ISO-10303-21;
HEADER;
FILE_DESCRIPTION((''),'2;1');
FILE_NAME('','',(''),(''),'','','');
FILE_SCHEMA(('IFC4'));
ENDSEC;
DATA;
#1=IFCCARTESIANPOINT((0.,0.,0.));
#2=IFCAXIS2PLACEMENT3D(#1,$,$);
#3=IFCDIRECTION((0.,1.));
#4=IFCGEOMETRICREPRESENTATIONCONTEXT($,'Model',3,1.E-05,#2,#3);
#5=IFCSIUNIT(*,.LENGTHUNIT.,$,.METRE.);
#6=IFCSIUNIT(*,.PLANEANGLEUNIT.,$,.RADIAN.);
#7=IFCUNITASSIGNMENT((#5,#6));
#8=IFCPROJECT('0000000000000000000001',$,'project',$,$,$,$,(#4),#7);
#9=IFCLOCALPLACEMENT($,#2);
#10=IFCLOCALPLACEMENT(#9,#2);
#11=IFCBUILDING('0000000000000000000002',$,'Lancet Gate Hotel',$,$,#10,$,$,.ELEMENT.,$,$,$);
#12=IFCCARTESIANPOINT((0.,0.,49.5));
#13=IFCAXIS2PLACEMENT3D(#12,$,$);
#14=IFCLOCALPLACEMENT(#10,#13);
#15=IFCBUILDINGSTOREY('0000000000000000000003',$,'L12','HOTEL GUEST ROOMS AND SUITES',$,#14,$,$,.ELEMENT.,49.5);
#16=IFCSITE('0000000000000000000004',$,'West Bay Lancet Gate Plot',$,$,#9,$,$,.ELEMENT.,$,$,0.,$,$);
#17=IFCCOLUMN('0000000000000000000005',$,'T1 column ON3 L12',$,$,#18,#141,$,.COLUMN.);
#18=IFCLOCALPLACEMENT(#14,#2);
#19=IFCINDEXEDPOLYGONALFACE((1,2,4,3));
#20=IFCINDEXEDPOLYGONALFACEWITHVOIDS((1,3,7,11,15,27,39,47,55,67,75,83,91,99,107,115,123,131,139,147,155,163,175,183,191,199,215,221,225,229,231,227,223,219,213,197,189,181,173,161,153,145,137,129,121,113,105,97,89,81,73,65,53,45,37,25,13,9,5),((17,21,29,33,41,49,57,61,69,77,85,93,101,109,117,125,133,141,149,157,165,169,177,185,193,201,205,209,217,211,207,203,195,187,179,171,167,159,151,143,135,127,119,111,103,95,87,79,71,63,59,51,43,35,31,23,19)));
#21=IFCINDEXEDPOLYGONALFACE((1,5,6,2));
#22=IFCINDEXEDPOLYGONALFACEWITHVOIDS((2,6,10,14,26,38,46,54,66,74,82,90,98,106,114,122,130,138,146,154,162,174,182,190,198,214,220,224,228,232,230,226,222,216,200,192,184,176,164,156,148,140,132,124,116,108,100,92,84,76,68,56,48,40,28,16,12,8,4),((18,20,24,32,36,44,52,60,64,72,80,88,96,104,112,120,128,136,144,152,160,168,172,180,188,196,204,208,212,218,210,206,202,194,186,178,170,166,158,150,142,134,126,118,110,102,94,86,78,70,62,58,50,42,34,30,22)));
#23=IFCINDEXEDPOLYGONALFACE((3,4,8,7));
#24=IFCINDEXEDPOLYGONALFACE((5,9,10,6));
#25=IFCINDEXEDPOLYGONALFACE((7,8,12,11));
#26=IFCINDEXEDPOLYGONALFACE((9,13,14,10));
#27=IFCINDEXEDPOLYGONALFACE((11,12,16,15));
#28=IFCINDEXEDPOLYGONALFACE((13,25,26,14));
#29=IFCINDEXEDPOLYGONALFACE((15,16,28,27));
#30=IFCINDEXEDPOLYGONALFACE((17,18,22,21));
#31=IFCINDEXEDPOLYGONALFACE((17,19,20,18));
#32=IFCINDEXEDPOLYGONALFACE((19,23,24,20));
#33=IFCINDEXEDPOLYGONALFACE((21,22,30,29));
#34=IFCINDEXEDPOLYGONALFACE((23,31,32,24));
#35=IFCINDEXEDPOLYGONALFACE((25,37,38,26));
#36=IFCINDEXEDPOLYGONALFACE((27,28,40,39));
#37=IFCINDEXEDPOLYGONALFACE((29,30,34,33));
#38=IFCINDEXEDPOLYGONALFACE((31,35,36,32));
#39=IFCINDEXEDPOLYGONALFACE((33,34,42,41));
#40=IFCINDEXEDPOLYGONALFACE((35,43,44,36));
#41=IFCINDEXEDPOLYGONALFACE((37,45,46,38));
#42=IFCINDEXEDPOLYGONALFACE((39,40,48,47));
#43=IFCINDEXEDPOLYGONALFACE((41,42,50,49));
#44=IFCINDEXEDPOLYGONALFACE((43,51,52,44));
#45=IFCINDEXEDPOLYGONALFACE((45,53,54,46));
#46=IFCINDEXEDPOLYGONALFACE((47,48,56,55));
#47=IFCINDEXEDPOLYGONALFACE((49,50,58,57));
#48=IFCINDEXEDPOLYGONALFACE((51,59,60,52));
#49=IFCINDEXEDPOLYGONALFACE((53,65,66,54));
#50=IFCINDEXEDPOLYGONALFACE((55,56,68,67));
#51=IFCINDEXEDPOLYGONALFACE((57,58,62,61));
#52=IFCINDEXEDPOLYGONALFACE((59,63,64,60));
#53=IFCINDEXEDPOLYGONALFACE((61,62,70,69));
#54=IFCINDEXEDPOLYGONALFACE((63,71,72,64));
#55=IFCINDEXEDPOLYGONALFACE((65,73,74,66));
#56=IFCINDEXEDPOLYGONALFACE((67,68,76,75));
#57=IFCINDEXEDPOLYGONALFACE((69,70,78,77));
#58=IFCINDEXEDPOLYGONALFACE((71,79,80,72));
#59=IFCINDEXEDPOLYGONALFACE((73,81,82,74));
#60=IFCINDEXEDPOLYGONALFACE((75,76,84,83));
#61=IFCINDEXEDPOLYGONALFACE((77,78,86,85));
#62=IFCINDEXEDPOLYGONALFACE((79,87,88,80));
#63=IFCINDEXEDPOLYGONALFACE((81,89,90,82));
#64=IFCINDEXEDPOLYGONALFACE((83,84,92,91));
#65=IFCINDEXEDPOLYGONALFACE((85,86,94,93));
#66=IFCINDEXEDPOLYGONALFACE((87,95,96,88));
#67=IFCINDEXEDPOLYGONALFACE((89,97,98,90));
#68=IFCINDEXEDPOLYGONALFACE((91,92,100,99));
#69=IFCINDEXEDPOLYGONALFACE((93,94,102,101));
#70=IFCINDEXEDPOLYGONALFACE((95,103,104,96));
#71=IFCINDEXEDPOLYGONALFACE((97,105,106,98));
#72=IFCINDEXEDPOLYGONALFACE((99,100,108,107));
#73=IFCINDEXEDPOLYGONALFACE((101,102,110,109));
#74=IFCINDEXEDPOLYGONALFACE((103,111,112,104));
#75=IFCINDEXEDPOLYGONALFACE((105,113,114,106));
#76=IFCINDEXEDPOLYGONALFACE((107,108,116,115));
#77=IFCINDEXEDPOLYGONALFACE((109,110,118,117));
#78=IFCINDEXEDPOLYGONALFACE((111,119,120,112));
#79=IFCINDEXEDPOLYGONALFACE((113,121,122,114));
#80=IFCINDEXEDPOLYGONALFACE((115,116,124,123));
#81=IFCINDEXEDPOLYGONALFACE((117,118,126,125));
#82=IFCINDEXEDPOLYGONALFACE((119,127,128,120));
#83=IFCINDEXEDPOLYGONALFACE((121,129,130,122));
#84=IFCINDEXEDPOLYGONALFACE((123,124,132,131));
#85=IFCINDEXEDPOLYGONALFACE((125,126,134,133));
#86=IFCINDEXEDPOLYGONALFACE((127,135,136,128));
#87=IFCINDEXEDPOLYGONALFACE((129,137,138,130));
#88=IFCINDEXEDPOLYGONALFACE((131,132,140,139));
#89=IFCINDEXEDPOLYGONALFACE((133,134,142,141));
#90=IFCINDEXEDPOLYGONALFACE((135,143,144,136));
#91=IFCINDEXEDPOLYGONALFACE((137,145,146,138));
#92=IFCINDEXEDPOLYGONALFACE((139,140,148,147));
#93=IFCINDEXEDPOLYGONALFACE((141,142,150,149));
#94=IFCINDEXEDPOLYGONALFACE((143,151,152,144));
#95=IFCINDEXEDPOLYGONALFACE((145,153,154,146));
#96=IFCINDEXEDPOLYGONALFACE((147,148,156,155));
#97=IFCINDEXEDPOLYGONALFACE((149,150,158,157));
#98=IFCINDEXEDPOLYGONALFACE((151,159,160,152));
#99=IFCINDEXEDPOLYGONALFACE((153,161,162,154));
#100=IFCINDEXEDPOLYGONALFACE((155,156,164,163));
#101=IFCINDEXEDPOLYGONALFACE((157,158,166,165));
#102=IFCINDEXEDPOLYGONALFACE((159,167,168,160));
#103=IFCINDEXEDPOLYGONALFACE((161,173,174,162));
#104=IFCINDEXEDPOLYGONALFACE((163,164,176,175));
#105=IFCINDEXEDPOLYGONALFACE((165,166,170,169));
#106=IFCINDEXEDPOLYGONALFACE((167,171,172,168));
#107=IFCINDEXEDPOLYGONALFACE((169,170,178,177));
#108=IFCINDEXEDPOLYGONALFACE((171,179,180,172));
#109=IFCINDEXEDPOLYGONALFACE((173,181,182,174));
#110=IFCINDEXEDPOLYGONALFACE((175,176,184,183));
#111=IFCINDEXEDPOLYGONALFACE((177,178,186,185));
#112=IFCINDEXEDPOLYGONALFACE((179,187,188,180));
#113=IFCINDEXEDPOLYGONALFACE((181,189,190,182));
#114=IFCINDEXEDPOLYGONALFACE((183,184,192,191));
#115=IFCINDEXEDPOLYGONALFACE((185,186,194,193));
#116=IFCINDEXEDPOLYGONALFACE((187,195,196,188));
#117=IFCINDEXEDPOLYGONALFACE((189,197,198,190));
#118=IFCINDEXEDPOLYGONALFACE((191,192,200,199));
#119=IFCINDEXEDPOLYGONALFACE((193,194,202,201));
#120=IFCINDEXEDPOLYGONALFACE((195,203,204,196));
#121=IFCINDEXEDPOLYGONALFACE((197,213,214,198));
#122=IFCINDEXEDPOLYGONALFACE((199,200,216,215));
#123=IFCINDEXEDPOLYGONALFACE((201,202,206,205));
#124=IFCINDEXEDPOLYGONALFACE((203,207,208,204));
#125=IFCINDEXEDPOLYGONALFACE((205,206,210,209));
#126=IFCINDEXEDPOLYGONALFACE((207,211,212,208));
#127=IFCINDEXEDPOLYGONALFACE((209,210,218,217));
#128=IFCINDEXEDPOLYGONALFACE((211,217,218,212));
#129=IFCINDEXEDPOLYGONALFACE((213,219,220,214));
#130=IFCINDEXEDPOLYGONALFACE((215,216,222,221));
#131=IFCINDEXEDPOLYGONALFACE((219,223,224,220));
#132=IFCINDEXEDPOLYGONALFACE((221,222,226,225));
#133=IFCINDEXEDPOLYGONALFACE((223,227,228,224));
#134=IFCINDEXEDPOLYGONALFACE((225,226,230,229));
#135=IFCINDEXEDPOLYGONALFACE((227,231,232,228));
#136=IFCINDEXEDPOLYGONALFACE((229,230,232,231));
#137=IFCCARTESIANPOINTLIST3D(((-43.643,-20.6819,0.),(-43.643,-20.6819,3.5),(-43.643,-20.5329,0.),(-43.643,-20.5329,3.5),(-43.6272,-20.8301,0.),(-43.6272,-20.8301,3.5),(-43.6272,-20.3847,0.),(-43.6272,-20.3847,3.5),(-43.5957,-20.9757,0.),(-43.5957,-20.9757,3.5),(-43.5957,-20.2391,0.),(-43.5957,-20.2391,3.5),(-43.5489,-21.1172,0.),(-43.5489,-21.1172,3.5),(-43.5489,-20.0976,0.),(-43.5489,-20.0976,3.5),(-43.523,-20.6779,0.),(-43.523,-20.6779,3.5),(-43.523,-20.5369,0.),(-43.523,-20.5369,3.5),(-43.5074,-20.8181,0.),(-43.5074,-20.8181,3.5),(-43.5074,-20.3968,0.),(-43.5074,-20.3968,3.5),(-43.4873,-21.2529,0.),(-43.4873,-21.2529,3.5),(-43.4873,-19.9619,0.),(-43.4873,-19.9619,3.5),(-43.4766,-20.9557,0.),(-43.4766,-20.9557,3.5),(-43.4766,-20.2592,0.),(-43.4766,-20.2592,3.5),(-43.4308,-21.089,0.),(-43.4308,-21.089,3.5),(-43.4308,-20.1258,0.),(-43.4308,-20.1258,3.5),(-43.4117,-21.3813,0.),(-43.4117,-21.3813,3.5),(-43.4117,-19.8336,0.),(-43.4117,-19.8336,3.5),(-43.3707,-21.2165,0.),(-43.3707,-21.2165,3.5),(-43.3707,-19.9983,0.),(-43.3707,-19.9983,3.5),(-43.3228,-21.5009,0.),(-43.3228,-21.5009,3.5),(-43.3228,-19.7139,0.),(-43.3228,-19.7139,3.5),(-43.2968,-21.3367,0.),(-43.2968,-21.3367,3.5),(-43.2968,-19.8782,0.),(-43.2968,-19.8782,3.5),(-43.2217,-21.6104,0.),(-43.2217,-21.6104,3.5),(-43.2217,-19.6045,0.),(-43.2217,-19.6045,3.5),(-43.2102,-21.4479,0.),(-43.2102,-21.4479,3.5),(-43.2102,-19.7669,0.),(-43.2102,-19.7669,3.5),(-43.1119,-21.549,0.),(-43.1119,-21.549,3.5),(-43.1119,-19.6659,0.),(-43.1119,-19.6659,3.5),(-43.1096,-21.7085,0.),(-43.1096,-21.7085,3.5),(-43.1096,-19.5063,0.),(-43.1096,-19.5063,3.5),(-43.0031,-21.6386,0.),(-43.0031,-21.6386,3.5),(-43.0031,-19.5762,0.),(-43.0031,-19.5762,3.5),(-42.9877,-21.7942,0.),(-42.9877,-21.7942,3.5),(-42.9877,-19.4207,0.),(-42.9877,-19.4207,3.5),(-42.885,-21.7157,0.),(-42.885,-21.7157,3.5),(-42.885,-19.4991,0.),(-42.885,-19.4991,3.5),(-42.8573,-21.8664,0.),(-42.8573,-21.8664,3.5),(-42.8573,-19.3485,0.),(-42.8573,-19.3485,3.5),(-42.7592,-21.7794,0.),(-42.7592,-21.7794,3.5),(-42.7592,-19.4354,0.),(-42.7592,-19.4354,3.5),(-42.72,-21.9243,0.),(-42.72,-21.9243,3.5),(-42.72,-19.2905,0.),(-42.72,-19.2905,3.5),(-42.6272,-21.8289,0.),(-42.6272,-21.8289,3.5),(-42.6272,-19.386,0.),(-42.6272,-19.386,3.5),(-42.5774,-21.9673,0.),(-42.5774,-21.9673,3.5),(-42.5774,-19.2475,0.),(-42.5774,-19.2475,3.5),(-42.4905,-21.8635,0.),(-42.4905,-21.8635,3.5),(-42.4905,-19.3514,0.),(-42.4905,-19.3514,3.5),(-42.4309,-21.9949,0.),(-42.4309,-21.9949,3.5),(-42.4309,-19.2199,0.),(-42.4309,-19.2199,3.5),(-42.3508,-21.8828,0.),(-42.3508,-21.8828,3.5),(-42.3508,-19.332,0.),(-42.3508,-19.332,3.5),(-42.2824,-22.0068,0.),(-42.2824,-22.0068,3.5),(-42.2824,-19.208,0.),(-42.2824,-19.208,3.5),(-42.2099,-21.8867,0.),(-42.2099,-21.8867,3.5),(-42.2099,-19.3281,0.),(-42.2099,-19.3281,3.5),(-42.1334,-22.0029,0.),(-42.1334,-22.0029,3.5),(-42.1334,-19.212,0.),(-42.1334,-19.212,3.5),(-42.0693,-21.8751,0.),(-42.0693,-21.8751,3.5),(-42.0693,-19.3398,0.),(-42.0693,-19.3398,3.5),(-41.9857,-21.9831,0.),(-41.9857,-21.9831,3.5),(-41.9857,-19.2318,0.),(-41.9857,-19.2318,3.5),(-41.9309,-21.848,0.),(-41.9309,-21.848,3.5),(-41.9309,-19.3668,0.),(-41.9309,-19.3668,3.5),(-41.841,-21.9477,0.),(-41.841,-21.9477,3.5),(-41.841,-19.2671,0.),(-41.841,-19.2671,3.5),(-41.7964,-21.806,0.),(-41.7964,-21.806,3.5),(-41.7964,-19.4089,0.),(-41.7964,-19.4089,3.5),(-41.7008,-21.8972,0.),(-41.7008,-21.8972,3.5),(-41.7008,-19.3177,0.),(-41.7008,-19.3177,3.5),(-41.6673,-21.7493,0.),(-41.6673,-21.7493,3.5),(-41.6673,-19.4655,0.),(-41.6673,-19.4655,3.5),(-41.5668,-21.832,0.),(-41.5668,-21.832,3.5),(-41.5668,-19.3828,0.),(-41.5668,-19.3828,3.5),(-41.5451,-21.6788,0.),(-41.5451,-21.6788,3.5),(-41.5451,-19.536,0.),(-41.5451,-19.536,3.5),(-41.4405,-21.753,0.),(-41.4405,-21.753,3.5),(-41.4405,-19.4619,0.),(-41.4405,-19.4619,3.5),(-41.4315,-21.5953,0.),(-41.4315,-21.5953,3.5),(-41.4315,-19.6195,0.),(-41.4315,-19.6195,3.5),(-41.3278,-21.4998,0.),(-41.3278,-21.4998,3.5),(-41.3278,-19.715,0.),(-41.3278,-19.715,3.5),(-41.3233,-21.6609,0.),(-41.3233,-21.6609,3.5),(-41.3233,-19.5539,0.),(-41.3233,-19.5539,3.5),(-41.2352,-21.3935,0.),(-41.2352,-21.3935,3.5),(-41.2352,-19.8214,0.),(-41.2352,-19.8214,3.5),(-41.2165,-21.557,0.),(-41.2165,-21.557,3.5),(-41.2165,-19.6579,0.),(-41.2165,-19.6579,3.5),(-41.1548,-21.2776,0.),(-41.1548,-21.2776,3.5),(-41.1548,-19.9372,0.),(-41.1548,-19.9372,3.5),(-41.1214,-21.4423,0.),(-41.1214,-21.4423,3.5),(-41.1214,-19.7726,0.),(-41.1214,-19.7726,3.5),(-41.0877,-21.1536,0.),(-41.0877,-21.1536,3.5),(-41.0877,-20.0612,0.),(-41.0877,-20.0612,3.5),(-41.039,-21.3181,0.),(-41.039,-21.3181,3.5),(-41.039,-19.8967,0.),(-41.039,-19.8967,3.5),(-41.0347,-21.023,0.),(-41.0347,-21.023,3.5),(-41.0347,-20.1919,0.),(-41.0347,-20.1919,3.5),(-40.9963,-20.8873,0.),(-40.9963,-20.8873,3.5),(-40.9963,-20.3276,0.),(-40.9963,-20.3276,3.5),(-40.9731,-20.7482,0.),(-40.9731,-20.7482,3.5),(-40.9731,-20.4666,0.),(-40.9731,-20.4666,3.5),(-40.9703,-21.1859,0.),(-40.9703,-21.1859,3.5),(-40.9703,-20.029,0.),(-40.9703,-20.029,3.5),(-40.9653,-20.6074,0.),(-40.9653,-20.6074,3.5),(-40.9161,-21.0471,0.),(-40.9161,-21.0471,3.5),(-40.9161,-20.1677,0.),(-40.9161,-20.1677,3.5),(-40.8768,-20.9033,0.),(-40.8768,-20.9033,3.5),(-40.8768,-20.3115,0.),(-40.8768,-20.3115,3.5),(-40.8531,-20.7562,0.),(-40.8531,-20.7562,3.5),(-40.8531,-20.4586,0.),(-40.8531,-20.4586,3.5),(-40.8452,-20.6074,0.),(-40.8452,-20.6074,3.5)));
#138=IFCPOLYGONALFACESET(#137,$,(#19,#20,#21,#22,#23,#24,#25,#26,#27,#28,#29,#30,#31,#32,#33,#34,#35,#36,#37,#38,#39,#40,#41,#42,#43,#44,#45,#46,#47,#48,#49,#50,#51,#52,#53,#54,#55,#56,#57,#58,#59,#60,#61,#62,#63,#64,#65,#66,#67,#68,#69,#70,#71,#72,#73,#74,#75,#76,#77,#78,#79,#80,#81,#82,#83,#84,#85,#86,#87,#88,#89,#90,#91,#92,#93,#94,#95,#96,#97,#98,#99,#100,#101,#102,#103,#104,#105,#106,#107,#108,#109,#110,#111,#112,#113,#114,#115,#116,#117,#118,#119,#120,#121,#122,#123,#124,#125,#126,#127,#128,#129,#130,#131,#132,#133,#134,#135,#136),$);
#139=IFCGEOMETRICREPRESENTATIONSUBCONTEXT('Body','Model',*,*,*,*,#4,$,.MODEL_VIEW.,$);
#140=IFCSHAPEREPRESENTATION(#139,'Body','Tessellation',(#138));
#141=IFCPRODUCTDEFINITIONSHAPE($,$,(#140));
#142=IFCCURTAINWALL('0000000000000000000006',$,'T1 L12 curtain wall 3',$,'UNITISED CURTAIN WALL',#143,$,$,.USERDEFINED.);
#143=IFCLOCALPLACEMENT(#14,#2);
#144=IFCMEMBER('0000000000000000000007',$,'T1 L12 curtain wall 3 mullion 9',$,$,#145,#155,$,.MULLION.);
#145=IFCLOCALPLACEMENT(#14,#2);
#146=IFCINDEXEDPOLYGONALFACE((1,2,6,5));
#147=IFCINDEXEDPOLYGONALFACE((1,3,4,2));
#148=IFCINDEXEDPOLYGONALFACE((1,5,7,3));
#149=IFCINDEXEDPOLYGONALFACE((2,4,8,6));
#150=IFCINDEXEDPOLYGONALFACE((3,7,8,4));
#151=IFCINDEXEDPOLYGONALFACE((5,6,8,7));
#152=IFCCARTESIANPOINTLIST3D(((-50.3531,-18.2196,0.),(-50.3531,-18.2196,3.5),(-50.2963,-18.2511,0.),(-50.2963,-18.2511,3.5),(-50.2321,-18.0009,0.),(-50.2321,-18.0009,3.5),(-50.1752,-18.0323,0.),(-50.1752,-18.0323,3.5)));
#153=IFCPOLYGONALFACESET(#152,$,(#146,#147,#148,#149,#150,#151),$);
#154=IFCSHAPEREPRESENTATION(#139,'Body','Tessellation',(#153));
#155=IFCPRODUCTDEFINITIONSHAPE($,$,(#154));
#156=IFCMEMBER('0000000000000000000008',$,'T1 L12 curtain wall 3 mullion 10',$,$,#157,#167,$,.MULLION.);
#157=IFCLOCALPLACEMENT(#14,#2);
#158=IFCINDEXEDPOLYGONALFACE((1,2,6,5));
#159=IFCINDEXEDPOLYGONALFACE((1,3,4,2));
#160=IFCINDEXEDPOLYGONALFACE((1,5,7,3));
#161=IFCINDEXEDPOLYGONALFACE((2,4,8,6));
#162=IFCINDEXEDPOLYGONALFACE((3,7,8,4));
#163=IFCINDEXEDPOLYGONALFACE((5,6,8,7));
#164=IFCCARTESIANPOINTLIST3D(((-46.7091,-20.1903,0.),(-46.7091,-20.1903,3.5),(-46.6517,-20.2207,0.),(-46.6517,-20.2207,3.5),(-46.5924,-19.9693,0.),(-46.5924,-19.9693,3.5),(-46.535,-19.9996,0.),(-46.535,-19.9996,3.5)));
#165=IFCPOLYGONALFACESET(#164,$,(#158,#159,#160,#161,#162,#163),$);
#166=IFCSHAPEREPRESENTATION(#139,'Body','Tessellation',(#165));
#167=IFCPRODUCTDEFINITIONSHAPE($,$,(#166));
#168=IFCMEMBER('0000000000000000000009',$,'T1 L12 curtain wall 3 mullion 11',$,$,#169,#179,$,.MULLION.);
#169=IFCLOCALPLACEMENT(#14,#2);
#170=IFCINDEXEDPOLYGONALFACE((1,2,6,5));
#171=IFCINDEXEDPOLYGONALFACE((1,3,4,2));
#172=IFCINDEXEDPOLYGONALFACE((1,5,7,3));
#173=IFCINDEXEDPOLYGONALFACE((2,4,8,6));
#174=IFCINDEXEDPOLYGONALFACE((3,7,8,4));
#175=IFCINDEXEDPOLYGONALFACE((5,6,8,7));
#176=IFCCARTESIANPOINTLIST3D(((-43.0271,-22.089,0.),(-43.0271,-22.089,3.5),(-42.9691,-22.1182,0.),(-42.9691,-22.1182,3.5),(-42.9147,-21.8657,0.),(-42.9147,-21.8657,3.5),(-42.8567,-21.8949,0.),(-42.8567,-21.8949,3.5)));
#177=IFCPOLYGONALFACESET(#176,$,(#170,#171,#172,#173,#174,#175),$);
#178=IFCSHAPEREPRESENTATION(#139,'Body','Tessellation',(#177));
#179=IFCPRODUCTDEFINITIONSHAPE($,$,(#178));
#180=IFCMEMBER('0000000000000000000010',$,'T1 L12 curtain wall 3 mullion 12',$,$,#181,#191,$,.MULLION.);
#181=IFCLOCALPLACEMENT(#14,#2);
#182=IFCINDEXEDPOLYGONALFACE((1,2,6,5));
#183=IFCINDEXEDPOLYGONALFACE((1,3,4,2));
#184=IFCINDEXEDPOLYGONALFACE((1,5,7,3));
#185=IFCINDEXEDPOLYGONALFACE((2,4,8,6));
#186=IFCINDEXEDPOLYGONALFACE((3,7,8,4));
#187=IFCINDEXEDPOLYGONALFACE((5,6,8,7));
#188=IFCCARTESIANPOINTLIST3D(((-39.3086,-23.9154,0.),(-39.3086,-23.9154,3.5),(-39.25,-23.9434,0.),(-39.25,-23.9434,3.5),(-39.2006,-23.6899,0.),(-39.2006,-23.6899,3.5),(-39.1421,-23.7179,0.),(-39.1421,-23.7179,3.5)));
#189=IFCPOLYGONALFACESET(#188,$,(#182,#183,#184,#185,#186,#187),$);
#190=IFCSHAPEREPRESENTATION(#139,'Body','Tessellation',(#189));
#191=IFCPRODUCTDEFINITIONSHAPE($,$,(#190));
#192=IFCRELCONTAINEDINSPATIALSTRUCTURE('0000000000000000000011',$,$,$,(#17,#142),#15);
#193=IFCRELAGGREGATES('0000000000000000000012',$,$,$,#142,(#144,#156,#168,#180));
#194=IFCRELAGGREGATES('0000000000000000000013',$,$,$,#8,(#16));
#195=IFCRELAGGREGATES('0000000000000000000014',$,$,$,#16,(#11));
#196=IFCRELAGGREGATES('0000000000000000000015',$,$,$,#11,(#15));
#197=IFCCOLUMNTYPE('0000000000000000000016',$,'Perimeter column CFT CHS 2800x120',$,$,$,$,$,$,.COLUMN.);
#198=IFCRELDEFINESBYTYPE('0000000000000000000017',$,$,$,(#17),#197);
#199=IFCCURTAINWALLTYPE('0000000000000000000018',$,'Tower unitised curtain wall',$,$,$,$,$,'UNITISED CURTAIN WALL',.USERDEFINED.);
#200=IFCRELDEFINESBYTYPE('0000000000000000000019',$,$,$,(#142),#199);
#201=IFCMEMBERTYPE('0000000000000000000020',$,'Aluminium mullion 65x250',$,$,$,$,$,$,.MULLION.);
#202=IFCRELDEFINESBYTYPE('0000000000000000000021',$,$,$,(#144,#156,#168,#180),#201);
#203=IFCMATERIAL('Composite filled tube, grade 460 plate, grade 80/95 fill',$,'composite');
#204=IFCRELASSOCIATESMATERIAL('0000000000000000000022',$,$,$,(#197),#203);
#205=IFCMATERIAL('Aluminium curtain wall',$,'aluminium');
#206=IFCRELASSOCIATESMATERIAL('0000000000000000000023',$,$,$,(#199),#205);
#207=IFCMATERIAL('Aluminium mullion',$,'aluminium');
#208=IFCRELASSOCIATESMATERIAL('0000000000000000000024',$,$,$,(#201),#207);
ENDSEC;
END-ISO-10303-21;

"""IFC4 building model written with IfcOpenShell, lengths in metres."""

from ifc_helpers import new_model, si_unit, direction, frame, origin, origin_2d, place, context, subcontext, project, spatial, rectangle, hollow_circle, extrude, material, material_profile, profile_set, type_object, element, aggregate, save


model = new_model("IFC4")

# Units and contexts
model_context = context("Model", 3, precision=1e-05, world=origin(), true_north=direction((0.0, 1.0)))
body_context = subcontext(model_context, "Body", "Model", "MODEL_VIEW")
ifc_project = project(units=[si_unit("LENGTHUNIT", "METRE"), si_unit("PLANEANGLEUNIT", "RADIAN")], contexts=[model_context])

# Site, building, storey
site_placement = place(None, origin())
site = spatial("IfcSite", under=ifc_project, at=site_placement, Name="West Bay Lancet Gate Plot", CompositionType="ELEMENT", RefElevation=0.0)
building_placement = place(site_placement, origin())
building = spatial("IfcBuilding", under=site, at=building_placement, Name="Lancet Gate Hotel", CompositionType="ELEMENT")
storey_placement = place(building_placement, frame((0.0, 0.0, 49.5)))
storey = spatial("IfcBuildingStorey", under=building, at=storey_placement, Name="L12", Description="HOTEL GUEST ROOMS AND SUITES", CompositionType="ELEMENT", Elevation=49.5)

# Column
ifc_material_1 = material(Name="Composite filled tube, grade 460 plate, grade 80/95 fill", Category="composite")
ifc_material_profile_1 = material_profile(ifc_material_1, hollow_circle(Radius=1.3999, WallThickness=0.1201, at=origin_2d()), Name="CHS 2800x120")
ifc_profile_set_1 = profile_set([ifc_material_profile_1], Name="Composite filled tube, grade 460 plate, grade 80/95 fill")
column_type = type_object("IfcColumnType", Name="Perimeter column CFT CHS 2800x120", PredefinedType="COLUMN", material=ifc_profile_set_1)
column_placement = place(storey_placement, frame((-42.2451, -20.6074, 0.0), z_axis=(0.0, 0.0, 1.0), x_axis=(1.0, 0.0, 0.0)))
element("IfcColumn", 1, at=column_placement, inside=storey, type_object=column_type, Name="T1 column ON3 L12", PredefinedType="COLUMN", context=body_context, shape_type="SweptSolid", body=[
    extrude(hollow_circle(Radius=1.3999, WallThickness=0.1201, at=origin_2d()), origin(), (0.0, 0.0, 1.0), 3.5),
])

# Curtain wall, members
ifc_material_2 = material(Name="Aluminium curtain wall", Category="aluminium")
curtain_wall_type = type_object("IfcCurtainWallType", Name="Tower unitised curtain wall", ElementType="UNITISED CURTAIN WALL", PredefinedType="USERDEFINED", material=ifc_material_2)
curtain_wall_placement = place(storey_placement, origin())
curtain_wall = element("IfcCurtainWall", 2, at=curtain_wall_placement, inside=storey, type_object=curtain_wall_type, Name="T1 L12 curtain wall 3", ObjectType="UNITISED CURTAIN WALL", PredefinedType="USERDEFINED")
ifc_material_3 = material(Name="Aluminium mullion", Category="aluminium")
ifc_material_profile_2 = material_profile(ifc_material_3, rectangle(XDim=0.0649, YDim=0.25, at=origin_2d()), Name="MULLION 65x250")
ifc_profile_set_2 = profile_set([ifc_material_profile_2], Name="Aluminium mullion")
member_type_1 = type_object("IfcMemberType", Name="Aluminium mullion 65x250", PredefinedType="MULLION", material=ifc_profile_set_2)
member_1_placement = place(storey_placement, frame((-50.2642, -18.126, 0.0), z_axis=(0.0, 0.0, 1.0), x_axis=(0.874991, -0.484139, 0.0)))
member_1 = element("IfcMember", 3, at=member_1_placement, type_object=member_type_1, Name="T1 L12 curtain wall 3 mullion 9", PredefinedType="MULLION", context=body_context, shape_type="SweptSolid", body=[
    extrude(rectangle(XDim=0.0649, YDim=0.25, at=origin_2d()), origin(), (0.0, 0.0, 1.0), 3.5),
])
member_2_placement = place(storey_placement, frame((-46.6221, -20.095, 0.0), z_axis=(0.0, 0.0, 1.0), x_axis=(0.884311, -0.466898, 0.0)))
member_2 = element("IfcMember", 4, at=member_2_placement, type_object=member_type_1, Name="T1 L12 curtain wall 3 mullion 10", PredefinedType="MULLION", context=body_context, shape_type="SweptSolid", body=[
    extrude(rectangle(XDim=0.0649, YDim=0.25, at=origin_2d()), origin(), (0.0, 0.0, 1.0), 3.5),
])
member_3_placement = place(storey_placement, frame((-42.9419, -21.9919, 0.0), z_axis=(0.0, 0.0, 1.0), x_axis=(0.893292, -0.449478, 0.0)))
member_3 = element("IfcMember", 5, at=member_3_placement, type_object=member_type_1, Name="T1 L12 curtain wall 3 mullion 11", PredefinedType="MULLION", context=body_context, shape_type="SweptSolid", body=[
    extrude(rectangle(XDim=0.0649, YDim=0.25, at=origin_2d()), origin(), (0.0, 0.0, 1.0), 3.5),
])
member_4_placement = place(storey_placement, frame((-39.2253, -23.8167, 0.0), z_axis=(0.0, 0.0, 1.0), x_axis=(0.901929, -0.431885, 0.0)))
member_4 = element("IfcMember", 6, at=member_4_placement, type_object=member_type_1, Name="T1 L12 curtain wall 3 mullion 12", PredefinedType="MULLION", context=body_context, shape_type="SweptSolid", body=[
    extrude(rectangle(XDim=0.0649, YDim=0.25, at=origin_2d()), origin(), (0.0, 0.0, 1.0), 3.5),
])

aggregate(curtain_wall, [member_1, member_2, member_3, member_4])

save(model, "model.ifc")
